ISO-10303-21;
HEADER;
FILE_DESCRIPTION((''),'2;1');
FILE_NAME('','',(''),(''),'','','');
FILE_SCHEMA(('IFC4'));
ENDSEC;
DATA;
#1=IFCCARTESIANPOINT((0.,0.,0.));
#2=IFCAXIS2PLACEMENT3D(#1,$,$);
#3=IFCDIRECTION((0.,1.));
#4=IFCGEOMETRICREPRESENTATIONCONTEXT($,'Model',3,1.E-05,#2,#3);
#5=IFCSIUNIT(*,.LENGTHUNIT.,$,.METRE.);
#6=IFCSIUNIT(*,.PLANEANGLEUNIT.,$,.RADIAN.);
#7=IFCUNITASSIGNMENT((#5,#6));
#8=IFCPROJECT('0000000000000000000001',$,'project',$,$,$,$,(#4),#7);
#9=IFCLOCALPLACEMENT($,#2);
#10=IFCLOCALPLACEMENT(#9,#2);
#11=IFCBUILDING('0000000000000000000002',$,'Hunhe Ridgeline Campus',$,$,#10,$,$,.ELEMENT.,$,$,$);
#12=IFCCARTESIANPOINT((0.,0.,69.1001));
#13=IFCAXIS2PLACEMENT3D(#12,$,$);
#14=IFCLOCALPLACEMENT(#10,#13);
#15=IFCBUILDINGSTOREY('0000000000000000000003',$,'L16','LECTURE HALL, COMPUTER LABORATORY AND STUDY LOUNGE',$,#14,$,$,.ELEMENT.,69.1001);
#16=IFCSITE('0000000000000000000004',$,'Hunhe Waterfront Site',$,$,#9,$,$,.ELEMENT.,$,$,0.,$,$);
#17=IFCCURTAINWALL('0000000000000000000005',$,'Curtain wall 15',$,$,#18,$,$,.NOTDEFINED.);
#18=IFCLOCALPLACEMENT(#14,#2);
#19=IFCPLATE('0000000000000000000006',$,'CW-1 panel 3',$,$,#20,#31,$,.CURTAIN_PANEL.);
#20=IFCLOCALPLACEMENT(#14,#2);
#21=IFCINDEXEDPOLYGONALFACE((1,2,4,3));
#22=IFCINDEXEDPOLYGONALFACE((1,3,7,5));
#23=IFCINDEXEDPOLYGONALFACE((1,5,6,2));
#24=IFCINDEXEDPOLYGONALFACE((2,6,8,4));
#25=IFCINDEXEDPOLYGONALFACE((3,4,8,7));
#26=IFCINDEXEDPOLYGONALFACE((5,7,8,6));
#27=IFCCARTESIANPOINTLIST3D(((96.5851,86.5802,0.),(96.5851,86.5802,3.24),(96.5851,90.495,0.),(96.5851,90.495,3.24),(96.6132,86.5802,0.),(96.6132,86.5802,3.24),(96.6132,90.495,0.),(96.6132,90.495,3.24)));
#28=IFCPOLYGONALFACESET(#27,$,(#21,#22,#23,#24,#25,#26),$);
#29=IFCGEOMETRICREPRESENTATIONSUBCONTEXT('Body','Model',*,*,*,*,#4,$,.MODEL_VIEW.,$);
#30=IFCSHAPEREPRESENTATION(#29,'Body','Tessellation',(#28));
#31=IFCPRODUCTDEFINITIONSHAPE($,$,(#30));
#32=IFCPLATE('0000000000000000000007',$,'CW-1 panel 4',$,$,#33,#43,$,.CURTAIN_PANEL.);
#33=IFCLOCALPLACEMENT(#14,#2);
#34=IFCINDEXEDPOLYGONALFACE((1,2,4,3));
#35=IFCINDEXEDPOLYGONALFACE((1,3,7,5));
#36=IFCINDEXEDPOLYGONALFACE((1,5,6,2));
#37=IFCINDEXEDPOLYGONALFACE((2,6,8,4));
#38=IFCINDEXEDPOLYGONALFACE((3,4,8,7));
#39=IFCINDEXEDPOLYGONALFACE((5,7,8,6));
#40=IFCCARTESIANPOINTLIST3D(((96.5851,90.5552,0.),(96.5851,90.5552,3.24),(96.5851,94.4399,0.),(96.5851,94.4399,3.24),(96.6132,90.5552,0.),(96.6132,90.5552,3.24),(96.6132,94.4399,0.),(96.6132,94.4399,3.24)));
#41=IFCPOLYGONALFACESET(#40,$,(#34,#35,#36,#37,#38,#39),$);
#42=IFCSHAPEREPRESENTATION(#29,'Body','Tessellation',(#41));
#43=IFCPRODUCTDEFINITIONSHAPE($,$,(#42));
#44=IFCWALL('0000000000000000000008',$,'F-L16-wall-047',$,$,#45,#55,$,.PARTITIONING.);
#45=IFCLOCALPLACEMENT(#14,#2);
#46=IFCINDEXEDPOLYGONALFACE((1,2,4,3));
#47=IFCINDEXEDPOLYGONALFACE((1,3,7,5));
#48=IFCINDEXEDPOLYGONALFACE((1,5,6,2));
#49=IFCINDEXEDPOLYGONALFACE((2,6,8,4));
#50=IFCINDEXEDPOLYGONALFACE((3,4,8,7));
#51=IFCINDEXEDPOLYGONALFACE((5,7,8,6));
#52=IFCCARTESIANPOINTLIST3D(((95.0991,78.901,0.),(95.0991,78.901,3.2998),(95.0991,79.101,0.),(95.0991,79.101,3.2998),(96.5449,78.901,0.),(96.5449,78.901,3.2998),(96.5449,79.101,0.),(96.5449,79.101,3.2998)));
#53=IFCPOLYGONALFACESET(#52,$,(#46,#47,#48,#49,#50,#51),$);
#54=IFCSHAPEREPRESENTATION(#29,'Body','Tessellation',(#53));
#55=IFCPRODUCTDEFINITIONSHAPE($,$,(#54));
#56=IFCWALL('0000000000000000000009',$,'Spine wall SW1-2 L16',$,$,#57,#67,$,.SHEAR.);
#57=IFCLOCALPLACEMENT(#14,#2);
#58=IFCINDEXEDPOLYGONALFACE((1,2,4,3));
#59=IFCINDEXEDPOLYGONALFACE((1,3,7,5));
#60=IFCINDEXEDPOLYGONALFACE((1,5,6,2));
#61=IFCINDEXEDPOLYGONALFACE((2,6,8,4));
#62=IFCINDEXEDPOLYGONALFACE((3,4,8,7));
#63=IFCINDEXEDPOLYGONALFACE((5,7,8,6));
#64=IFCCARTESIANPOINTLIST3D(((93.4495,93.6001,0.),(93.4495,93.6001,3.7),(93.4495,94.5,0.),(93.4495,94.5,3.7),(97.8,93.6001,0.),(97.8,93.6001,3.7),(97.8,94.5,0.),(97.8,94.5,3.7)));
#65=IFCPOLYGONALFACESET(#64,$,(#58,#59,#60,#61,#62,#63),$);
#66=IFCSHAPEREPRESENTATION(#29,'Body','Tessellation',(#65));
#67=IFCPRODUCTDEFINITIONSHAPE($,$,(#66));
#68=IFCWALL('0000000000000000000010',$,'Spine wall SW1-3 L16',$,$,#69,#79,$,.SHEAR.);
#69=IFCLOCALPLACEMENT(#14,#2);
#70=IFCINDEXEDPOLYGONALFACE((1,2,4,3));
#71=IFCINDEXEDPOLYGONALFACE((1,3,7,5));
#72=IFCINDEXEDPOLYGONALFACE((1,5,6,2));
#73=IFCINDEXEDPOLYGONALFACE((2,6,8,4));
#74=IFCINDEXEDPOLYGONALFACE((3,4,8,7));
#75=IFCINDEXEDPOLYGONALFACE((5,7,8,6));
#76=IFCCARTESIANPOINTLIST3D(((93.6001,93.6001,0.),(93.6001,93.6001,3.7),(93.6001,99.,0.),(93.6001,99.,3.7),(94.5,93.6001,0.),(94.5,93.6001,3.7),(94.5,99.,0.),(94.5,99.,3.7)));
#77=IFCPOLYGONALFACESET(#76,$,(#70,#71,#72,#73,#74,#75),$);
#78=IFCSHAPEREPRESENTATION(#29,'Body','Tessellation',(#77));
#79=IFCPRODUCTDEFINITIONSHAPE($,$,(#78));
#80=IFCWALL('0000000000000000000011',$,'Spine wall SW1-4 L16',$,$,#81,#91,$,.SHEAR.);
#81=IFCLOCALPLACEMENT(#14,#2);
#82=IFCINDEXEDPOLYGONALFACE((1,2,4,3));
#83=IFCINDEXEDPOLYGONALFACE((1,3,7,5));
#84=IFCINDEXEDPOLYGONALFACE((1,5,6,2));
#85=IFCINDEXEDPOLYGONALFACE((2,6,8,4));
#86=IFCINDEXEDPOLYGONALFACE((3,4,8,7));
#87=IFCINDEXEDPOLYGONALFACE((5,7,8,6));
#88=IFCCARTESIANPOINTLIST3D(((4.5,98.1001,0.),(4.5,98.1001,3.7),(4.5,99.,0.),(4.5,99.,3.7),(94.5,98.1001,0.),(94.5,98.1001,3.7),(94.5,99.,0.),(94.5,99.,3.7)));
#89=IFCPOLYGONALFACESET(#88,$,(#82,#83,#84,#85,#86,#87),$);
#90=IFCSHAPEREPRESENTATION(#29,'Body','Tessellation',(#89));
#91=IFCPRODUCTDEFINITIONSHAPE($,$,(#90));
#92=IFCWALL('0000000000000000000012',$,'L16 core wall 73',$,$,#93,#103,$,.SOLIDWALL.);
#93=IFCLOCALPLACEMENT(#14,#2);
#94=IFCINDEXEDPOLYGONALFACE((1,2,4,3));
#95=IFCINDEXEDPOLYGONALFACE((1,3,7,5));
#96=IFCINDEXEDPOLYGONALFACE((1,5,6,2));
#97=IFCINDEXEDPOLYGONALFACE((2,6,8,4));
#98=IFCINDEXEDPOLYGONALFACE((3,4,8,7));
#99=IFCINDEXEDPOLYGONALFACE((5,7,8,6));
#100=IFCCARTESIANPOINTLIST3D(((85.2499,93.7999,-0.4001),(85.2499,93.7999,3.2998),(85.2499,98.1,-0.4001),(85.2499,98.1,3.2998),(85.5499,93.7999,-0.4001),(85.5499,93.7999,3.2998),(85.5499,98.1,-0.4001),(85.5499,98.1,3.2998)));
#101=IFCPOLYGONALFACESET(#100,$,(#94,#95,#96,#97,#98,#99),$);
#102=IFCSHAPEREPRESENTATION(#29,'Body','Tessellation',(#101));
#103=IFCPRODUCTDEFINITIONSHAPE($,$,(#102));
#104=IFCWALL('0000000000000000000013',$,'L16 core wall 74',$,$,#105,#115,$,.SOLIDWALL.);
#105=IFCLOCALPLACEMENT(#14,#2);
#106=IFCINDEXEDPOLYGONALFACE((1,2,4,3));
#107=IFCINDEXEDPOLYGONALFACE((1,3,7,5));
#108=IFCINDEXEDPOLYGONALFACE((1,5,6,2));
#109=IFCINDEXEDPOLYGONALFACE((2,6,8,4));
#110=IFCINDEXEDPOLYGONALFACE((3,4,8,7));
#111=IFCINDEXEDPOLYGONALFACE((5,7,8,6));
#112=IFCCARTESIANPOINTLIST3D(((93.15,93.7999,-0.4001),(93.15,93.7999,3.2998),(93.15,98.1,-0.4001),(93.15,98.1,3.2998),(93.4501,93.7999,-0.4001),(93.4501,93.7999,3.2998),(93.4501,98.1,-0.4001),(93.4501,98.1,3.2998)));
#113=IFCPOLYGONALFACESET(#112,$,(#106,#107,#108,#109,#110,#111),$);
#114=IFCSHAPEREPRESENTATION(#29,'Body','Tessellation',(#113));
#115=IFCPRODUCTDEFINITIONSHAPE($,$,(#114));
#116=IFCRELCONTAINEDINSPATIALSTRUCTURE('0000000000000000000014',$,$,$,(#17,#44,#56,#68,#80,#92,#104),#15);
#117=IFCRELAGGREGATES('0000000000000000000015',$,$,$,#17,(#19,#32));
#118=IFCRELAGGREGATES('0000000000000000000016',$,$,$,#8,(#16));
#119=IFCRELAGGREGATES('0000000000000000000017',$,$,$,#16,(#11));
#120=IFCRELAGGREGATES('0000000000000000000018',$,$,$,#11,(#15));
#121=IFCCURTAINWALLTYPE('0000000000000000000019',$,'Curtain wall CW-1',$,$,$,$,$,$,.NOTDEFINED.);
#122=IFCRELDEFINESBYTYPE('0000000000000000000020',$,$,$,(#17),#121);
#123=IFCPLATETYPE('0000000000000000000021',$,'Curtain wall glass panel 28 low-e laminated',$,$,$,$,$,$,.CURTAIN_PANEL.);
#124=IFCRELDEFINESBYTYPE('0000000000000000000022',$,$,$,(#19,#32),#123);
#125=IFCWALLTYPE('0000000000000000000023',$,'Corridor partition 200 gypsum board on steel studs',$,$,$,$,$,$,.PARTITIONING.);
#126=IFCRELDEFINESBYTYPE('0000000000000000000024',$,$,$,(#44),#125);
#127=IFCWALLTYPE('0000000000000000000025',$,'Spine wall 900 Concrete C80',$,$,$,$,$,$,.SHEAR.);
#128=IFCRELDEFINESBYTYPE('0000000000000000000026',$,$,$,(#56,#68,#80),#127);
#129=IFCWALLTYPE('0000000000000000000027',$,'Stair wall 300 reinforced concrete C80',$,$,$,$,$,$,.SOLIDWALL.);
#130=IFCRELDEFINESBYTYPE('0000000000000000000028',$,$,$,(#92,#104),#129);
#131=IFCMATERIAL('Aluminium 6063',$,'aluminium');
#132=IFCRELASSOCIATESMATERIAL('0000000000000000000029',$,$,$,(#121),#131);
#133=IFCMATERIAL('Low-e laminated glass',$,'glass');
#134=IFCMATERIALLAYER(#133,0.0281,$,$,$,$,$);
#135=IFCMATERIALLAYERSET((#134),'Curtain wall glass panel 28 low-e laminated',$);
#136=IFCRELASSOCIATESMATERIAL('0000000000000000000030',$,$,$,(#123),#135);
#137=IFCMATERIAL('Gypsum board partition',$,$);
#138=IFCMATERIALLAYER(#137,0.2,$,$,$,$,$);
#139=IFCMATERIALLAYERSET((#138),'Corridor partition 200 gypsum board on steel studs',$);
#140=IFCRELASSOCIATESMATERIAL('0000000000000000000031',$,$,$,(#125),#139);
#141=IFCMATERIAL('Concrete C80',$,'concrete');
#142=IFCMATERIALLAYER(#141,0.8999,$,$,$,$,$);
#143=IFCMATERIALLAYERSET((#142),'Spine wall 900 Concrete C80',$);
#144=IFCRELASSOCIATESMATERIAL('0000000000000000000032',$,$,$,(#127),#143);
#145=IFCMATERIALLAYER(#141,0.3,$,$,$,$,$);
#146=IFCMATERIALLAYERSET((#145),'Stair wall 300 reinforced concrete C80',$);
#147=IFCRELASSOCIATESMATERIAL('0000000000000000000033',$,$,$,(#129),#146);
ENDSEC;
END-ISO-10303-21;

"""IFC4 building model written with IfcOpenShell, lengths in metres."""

from ifc_helpers import new_model, si_unit, direction, frame, frame_2d, origin, origin_2d, place, context, subcontext, project, spatial, rectangle, extrude, material, layer, layer_set, type_object, element, aggregate, save


model = new_model("IFC4")

# Units and contexts
model_context = context("Model", 3, precision=1e-05, world=origin(), true_north=direction((0.0, 1.0)))
body_context = subcontext(model_context, "Body", "Model", "MODEL_VIEW")
ifc_project = project(units=[si_unit("LENGTHUNIT", "METRE"), si_unit("PLANEANGLEUNIT", "RADIAN")], contexts=[model_context])

# Site, building, storey
site_placement = place(None, origin())
site = spatial("IfcSite", under=ifc_project, at=site_placement, Name="Hunhe Waterfront Site", CompositionType="ELEMENT", RefElevation=0.0)
building_placement = place(site_placement, origin())
building = spatial("IfcBuilding", under=site, at=building_placement, Name="Hunhe Ridgeline Campus", CompositionType="ELEMENT")
storey_placement = place(building_placement, frame((0.0, 0.0, 69.1001)))
storey = spatial("IfcBuildingStorey", under=building, at=storey_placement, Name="L16", Description="LECTURE HALL, COMPUTER LABORATORY AND STUDY LOUNGE", CompositionType="ELEMENT", Elevation=69.1001)

# Shared definitions
ifc_material_1 = material(Name="Concrete C80", Category="concrete")

# Curtain wall
ifc_material_2 = material(Name="Aluminium 6063", Category="aluminium")
curtain_wall_type = type_object("IfcCurtainWallType", Name="Curtain wall CW-1", PredefinedType="NOTDEFINED", material=ifc_material_2)
curtain_wall_placement = place(storey_placement, origin())
curtain_wall = element("IfcCurtainWall", 1, at=curtain_wall_placement, inside=storey, type_object=curtain_wall_type, Name="Curtain wall 15", PredefinedType="NOTDEFINED")

# Plates
ifc_material_3 = material(Name="Low-e laminated glass", Category="glass")
ifc_layer_1 = layer(ifc_material_3, 0.0281)
ifc_layer_set_1 = layer_set([ifc_layer_1], Name="Curtain wall glass panel 28 low-e laminated")
plate_type = type_object("IfcPlateType", Name="Curtain wall glass panel 28 low-e laminated", PredefinedType="CURTAIN_PANEL", material=ifc_layer_set_1)
plate_1_placement = place(storey_placement, frame((96.5991, 88.5376, 0.0), z_axis=(0.0, 0.0, 1.0), x_axis=(0.0, 1.0, 0.0)))
plate_1 = element("IfcPlate", 2, at=plate_1_placement, type_object=plate_type, Name="CW-1 panel 3", PredefinedType="CURTAIN_PANEL", context=body_context, shape_type="SweptSolid", body=[
    extrude(rectangle(XDim=3.9148, YDim=0.0281, at=origin_2d()), origin(), (0.0, 0.0, 1.0), 3.24),
])
plate_2_placement = place(storey_placement, frame((96.5991, 92.4976, 0.0), z_axis=(0.0, 0.0, 1.0), x_axis=(0.0, 1.0, 0.0)))
plate_2 = element("IfcPlate", 3, at=plate_2_placement, type_object=plate_type, Name="CW-1 panel 4", PredefinedType="CURTAIN_PANEL", context=body_context, shape_type="SweptSolid", body=[
    extrude(rectangle(XDim=3.8848, YDim=0.0281, at=origin_2d()), origin(), (0.0, 0.0, 1.0), 3.24),
])
aggregate(curtain_wall, [plate_1, plate_2])

# Wall
ifc_material_4 = material(Name="Gypsum board partition")
ifc_layer_2 = layer(ifc_material_4, 0.2)
ifc_layer_set_2 = layer_set([ifc_layer_2], Name="Corridor partition 200 gypsum board on steel studs")
wall_type_1 = type_object("IfcWallType", Name="Corridor partition 200 gypsum board on steel studs", PredefinedType="PARTITIONING", material=ifc_layer_set_2)
wall_1_placement = place(storey_placement, frame((95.0991, 79.001, 0.0), z_axis=(0.0, 0.0, 1.0), x_axis=(1.0, 0.0, 0.0)))
element("IfcWall", 4, at=wall_1_placement, inside=storey, type_object=wall_type_1, Name="F-L16-wall-047", PredefinedType="PARTITIONING", context=body_context, shape_type="SweptSolid", body=[
    extrude(rectangle(XDim=1.4458, YDim=0.2, at=frame_2d((0.7229, 0.0))), origin(), (0.0, 0.0, 1.0), 3.2998),
])

# Walls
ifc_layer_3 = layer(ifc_material_1, 0.8999)
ifc_layer_set_3 = layer_set([ifc_layer_3], Name="Spine wall 900 Concrete C80")
wall_type_2 = type_object("IfcWallType", Name="Spine wall 900 Concrete C80", PredefinedType="SHEAR", material=ifc_layer_set_3)
wall_2_placement = place(storey_placement, frame((97.8, 94.05, 0.0), z_axis=(0.0, 0.0, 1.0), x_axis=(-1.0, 0.0, 0.0)))
element("IfcWall", 5, at=wall_2_placement, inside=storey, type_object=wall_type_2, Name="Spine wall SW1-2 L16", PredefinedType="SHEAR", context=body_context, shape_type="SweptSolid", body=[
    extrude(rectangle(XDim=4.3506, YDim=0.8999, at=frame_2d((2.1753, 0.0))), origin(), (0.0, 0.0, 1.0), 3.7),
])
wall_3_placement = place(storey_placement, frame((94.05, 93.6001, 0.0), z_axis=(0.0, 0.0, 1.0), x_axis=(0.0, 1.0, 0.0)))
element("IfcWall", 6, at=wall_3_placement, inside=storey, type_object=wall_type_2, Name="Spine wall SW1-3 L16", PredefinedType="SHEAR", context=body_context, shape_type="SweptSolid", body=[
    extrude(rectangle(XDim=5.3999, YDim=0.8999, at=frame_2d((2.7, 0.0))), origin(), (0.0, 0.0, 1.0), 3.7),
])
wall_4_placement = place(storey_placement, frame((94.5, 98.55, 0.0), z_axis=(0.0, 0.0, 1.0), x_axis=(-1.0, 0.0, 0.0)))
element("IfcWall", 7, at=wall_4_placement, inside=storey, type_object=wall_type_2, Name="Spine wall SW1-4 L16", PredefinedType="SHEAR", context=body_context, shape_type="SweptSolid", body=[
    extrude(rectangle(XDim=90.0, YDim=0.8999, at=frame_2d((45.0, 0.0))), origin(), (0.0, 0.0, 1.0), 3.7),
])

# Shared definitions
ifc_layer_4 = layer(ifc_material_1, 0.3)
ifc_layer_set_4 = layer_set([ifc_layer_4], Name="Stair wall 300 reinforced concrete C80")
wall_type_3 = type_object("IfcWallType", Name="Stair wall 300 reinforced concrete C80", PredefinedType="SOLIDWALL", material=ifc_layer_set_4)

# Walls
for number, where, z_axis, x_axis, name in (
    (8, (85.3999, 93.8, -0.4001), (0.0, 0.0, 1.0), (0.0, 1.0, 0.0), "L16 core wall 73"),
    (9, (93.3, 93.8, -0.4001), (0.0, 0.0, 1.0), (0.0, 1.0, 0.0), "L16 core wall 74"),
):
    element("IfcWall", number, at=place(storey_placement, frame(where, z_axis=z_axis, x_axis=x_axis)), inside=storey, type_object=wall_type_3, Name=name, PredefinedType="SOLIDWALL", context=body_context, shape_type="SweptSolid", body=[
        extrude(rectangle(XDim=4.3, YDim=0.3, at=frame_2d((2.1499, 0.0))), origin(), (0.0, 0.0, 1.0), 3.7),
    ])

save(model, "model.ifc")
